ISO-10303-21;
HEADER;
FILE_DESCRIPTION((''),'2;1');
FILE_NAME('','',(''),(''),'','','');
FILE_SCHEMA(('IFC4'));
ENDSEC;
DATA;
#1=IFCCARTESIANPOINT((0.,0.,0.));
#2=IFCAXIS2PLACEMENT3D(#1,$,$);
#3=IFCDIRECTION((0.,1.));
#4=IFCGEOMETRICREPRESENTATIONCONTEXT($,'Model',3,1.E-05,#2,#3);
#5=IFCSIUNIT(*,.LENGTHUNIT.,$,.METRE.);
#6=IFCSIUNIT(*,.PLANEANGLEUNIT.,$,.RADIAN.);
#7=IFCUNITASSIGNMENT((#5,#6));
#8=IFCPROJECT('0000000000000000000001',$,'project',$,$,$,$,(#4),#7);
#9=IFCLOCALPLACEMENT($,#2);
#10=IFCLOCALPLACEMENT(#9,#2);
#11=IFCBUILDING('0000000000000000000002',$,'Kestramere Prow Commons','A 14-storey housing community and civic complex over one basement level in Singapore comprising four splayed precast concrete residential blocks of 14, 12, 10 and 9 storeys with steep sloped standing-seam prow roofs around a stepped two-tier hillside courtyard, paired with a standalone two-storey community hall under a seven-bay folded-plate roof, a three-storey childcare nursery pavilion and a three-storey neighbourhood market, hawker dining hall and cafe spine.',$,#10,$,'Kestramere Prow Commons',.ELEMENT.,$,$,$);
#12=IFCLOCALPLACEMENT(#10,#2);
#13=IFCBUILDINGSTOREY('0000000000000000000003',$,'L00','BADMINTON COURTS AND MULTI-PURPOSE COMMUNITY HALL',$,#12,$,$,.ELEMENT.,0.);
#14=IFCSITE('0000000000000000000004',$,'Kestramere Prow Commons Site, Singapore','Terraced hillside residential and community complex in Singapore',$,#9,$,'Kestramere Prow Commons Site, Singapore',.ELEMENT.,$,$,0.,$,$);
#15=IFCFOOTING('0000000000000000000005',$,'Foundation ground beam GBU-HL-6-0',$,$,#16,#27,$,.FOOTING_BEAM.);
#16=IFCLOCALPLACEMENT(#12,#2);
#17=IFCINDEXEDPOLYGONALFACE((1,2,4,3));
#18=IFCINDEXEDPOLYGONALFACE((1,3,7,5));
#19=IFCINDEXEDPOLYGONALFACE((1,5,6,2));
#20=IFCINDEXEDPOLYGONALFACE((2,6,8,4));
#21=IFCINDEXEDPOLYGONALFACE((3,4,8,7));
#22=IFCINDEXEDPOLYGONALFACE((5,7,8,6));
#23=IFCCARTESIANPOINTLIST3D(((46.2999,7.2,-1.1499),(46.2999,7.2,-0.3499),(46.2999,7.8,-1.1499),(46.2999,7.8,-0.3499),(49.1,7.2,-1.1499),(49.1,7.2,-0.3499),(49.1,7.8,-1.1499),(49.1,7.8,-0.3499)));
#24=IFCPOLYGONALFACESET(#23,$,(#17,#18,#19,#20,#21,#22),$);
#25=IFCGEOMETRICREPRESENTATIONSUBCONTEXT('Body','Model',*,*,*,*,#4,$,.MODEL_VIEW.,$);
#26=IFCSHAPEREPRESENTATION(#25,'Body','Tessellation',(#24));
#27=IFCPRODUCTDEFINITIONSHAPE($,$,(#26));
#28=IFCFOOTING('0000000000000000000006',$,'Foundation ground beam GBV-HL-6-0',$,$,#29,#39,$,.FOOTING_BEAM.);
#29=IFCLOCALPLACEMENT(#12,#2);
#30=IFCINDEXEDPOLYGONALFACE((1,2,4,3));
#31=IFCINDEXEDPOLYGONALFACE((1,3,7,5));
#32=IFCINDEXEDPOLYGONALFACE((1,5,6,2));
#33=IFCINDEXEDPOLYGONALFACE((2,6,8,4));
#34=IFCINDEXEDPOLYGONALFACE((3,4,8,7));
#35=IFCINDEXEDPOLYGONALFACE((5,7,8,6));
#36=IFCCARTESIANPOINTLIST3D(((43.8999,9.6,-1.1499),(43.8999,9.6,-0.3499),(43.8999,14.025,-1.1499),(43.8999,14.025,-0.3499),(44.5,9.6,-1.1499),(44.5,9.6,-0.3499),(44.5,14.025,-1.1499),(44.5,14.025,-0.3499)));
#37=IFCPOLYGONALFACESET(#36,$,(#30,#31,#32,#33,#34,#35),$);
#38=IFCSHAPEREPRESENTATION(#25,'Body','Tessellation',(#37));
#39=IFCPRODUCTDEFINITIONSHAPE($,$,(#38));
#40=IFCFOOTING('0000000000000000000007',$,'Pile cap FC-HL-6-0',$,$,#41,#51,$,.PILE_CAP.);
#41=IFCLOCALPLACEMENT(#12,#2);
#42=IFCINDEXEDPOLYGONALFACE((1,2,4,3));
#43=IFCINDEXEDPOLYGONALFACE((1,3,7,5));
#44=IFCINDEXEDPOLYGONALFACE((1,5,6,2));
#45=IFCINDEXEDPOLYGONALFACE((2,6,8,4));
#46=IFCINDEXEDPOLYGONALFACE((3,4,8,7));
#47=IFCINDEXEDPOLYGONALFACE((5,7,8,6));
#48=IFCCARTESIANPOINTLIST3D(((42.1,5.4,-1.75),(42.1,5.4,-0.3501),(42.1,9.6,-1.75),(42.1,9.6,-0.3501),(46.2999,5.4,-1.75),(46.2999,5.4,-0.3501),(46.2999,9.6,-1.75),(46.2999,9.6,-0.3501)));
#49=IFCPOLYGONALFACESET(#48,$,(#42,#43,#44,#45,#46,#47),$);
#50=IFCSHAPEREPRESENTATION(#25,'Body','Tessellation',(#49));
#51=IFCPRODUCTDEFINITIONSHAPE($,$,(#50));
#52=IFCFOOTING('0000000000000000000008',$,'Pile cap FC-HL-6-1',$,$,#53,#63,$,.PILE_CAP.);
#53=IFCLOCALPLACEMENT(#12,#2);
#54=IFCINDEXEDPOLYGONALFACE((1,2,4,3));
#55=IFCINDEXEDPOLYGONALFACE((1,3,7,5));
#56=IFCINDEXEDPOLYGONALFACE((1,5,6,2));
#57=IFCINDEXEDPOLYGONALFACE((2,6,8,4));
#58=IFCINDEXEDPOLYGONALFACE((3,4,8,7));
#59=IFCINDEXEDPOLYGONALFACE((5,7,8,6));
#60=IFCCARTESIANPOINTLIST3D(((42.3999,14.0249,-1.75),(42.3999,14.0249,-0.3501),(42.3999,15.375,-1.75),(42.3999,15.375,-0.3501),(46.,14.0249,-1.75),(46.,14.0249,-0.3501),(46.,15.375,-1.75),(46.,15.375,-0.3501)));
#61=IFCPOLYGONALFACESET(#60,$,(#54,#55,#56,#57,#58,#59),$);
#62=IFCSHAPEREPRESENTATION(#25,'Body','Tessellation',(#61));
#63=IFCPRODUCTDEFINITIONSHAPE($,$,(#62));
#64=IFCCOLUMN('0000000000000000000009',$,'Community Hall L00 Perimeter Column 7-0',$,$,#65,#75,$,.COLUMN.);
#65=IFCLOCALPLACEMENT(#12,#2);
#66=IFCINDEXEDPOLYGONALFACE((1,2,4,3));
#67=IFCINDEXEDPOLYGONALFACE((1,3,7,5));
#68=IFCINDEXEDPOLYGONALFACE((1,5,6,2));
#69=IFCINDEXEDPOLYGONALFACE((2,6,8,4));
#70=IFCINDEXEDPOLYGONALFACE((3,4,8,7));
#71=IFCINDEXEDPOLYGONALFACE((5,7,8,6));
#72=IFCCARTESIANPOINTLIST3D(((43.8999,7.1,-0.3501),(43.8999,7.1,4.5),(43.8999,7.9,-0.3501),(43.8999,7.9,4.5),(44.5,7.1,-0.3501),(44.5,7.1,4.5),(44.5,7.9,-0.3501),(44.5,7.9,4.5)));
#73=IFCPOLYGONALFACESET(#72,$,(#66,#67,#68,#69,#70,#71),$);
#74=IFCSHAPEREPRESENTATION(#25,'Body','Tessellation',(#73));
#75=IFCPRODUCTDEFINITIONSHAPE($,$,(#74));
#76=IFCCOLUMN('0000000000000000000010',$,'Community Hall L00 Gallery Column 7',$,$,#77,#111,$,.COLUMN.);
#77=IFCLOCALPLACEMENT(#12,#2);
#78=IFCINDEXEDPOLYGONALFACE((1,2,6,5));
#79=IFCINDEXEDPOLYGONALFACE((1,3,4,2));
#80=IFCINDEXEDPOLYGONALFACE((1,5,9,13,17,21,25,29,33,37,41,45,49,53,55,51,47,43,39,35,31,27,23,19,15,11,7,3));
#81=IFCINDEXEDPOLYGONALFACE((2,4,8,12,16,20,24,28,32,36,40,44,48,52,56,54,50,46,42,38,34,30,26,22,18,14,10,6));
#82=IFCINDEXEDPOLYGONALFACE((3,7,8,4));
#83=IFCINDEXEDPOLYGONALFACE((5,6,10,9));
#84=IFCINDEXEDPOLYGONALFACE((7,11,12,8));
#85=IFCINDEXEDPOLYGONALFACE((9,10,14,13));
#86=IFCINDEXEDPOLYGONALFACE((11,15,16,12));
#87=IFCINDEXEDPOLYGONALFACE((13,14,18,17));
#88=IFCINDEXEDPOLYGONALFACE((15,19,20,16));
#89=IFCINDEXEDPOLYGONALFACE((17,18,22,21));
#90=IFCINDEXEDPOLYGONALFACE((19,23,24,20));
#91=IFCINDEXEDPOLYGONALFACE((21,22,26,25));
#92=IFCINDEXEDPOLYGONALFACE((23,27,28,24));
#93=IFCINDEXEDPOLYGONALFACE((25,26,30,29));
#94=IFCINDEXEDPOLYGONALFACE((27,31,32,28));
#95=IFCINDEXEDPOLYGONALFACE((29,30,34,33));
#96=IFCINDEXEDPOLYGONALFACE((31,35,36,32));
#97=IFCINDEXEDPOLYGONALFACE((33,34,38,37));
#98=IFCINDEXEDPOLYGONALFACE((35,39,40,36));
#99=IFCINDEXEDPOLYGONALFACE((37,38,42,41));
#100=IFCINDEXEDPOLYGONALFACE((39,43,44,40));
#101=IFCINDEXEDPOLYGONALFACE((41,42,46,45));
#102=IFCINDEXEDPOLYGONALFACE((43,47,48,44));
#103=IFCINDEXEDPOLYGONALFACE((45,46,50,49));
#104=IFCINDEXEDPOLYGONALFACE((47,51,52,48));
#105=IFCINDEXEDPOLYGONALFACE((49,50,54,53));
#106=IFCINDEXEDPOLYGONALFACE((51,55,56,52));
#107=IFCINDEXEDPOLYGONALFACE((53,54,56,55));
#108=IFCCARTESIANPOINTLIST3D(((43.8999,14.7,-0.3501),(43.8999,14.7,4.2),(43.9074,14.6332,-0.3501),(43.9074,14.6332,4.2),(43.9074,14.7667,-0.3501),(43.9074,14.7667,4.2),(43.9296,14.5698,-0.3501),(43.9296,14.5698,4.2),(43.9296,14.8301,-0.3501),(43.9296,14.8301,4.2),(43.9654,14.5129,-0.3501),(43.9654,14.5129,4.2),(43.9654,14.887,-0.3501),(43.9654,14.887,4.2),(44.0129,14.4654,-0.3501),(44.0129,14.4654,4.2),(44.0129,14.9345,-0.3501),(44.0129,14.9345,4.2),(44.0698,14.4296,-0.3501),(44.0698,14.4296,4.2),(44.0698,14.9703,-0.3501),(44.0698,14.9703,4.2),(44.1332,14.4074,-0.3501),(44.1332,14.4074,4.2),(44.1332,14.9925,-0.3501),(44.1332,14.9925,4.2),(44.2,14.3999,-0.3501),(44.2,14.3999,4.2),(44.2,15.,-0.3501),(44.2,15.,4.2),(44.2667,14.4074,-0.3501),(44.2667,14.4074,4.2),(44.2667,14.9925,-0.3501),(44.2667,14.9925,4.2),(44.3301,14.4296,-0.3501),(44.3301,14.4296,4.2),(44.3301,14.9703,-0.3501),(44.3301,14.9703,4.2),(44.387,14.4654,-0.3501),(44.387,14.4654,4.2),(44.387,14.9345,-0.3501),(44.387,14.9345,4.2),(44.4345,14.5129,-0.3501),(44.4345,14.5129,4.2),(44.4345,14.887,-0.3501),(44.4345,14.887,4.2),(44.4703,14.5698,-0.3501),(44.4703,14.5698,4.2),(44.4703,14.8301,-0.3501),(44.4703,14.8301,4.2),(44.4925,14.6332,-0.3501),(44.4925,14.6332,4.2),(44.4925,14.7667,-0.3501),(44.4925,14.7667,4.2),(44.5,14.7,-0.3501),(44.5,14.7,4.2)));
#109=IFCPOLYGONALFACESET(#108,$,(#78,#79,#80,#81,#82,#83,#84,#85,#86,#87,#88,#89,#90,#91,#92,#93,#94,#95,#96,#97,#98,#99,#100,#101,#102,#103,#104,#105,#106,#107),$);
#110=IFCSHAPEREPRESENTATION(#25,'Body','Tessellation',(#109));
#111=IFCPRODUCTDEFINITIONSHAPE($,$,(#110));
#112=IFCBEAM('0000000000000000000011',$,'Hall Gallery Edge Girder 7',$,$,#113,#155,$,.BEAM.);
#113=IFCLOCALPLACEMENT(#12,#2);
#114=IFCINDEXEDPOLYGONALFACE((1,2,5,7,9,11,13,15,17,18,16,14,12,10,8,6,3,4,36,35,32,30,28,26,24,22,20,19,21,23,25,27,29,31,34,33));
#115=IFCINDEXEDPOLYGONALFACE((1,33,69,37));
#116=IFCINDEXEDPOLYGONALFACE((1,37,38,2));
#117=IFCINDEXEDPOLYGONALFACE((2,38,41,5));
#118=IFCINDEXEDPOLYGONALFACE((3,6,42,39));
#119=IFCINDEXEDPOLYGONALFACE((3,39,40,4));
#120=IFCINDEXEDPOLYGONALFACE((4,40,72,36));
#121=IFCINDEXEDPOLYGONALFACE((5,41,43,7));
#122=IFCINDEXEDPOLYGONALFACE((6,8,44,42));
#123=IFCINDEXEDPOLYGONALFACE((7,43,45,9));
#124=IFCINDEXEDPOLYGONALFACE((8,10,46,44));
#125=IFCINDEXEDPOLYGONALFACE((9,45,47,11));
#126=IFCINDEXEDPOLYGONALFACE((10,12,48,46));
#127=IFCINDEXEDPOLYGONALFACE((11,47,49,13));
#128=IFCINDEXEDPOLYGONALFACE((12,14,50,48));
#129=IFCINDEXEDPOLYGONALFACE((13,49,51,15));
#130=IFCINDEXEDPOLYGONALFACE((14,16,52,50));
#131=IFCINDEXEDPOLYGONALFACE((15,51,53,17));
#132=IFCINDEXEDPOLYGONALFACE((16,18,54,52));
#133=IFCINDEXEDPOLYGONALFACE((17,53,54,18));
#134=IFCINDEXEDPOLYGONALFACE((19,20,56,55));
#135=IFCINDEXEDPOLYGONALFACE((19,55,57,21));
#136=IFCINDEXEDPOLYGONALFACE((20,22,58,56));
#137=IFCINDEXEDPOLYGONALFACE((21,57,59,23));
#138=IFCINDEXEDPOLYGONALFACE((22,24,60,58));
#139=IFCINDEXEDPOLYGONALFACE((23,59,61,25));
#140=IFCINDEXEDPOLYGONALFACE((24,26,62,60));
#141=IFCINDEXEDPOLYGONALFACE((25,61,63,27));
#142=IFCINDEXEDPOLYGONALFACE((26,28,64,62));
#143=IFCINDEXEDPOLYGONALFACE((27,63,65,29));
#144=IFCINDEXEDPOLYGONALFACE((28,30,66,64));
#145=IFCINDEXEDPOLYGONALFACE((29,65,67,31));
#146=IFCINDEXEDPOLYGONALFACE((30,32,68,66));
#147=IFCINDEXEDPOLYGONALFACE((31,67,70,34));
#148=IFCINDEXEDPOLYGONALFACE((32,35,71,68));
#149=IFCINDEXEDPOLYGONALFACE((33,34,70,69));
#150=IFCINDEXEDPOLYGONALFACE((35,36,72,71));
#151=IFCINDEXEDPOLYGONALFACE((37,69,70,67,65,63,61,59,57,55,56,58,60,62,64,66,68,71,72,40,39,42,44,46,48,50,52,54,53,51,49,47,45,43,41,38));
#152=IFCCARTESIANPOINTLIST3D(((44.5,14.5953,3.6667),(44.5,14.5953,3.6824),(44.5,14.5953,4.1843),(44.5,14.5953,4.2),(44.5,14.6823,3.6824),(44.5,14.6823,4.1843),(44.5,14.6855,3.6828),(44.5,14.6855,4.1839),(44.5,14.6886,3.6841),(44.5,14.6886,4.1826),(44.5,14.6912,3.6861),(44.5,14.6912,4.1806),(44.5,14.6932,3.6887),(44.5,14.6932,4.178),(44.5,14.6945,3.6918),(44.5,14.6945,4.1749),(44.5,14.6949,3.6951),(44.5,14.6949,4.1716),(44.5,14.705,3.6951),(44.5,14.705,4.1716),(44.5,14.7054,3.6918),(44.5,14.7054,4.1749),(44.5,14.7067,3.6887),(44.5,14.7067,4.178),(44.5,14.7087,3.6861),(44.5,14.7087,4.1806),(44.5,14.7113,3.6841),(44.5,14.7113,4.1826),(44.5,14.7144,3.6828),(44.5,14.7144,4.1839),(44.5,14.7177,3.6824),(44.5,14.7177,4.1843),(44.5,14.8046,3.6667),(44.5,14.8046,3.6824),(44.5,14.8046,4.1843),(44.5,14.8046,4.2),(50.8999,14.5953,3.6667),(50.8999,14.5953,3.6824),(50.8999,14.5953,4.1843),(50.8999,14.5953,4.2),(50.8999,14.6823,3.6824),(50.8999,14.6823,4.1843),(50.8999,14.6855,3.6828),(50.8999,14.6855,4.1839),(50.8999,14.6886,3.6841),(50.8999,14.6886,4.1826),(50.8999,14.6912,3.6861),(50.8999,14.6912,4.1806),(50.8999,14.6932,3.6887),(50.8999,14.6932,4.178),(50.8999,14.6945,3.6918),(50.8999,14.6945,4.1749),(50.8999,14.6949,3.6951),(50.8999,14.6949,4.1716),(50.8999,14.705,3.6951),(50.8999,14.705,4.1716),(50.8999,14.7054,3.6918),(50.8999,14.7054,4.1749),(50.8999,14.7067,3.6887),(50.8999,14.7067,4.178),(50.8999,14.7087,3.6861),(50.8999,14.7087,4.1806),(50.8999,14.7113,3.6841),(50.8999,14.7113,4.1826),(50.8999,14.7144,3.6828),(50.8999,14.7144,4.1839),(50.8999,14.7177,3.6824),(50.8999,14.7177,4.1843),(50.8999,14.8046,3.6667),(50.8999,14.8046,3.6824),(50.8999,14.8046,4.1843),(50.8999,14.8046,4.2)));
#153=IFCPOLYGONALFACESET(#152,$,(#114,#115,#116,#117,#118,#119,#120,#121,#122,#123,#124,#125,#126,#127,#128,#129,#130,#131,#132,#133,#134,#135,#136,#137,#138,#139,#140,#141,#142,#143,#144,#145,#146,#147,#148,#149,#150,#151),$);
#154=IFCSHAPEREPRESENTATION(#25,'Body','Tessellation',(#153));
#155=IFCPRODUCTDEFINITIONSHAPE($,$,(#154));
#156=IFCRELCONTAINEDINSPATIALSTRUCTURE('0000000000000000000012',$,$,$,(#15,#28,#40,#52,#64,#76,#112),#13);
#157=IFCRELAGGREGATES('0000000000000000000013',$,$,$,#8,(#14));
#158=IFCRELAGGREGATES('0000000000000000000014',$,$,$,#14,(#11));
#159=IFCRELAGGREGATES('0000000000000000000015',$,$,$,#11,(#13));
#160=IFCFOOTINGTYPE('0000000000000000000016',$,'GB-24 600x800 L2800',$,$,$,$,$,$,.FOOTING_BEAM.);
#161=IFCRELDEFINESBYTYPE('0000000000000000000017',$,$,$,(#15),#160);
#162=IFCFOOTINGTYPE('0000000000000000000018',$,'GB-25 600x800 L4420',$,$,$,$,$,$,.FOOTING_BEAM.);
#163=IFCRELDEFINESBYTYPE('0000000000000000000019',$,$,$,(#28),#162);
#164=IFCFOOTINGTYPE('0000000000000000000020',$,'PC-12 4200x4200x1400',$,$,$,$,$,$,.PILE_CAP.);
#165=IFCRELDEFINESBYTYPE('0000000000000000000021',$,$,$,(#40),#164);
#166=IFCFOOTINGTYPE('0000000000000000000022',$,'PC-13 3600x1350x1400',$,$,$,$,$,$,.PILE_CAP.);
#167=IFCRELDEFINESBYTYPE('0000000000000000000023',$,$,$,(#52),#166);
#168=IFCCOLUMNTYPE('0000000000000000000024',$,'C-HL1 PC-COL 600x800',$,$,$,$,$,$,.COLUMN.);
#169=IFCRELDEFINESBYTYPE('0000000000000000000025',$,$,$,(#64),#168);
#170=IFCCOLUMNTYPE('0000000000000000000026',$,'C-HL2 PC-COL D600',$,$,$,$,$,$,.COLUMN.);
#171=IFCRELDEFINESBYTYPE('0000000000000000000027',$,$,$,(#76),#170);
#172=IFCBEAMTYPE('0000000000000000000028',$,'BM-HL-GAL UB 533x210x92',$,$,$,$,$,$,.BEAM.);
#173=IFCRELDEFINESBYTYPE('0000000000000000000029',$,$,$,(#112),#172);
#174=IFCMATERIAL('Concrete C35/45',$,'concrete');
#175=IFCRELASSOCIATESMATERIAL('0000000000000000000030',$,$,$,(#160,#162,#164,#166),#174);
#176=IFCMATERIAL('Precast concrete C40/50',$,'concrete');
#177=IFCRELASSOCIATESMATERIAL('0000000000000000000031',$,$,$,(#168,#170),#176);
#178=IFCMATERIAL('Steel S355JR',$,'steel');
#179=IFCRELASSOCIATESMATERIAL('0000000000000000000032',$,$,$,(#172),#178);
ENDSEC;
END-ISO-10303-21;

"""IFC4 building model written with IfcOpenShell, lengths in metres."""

from ifc_helpers import new_model, si_unit, direction, frame, origin, origin_2d, place, context, subcontext, project, spatial, rectangle, circle, i_section, extrude, material, material_profile, profile_set, type_object, element, save


model = new_model("IFC4")

# Units and contexts
model_context = context("Model", 3, precision=1e-05, world=origin(), true_north=direction((0.0, 1.0)))
body_context = subcontext(model_context, "Body", "Model", "MODEL_VIEW")
ifc_project = project(units=[si_unit("LENGTHUNIT", "METRE"), si_unit("PLANEANGLEUNIT", "RADIAN")], contexts=[model_context])

# Site, building, storey
site_placement = place(None, origin())
site = spatial("IfcSite", under=ifc_project, at=site_placement, Name="Kestramere Prow Commons Site, Singapore", Description="Terraced hillside residential and community complex in Singapore", LongName="Kestramere Prow Commons Site, Singapore", CompositionType="ELEMENT", RefElevation=0.0)
building_placement = place(site_placement, origin())
building = spatial("IfcBuilding", under=site, at=building_placement, Name="Kestramere Prow Commons", Description="A 14-storey housing community and civic complex over one basement level in Singapore comprising four splayed precast concrete residential blocks of 14, 12, 10 and 9 storeys with steep sloped standing-seam prow roofs around a stepped two-tier hillside courtyard, paired with a standalone two-storey community hall under a seven-bay folded-plate roof, a three-storey childcare nursery pavilion and a three-storey neighbourhood market, hawker dining hall and cafe spine.", LongName="Kestramere Prow Commons", CompositionType="ELEMENT")
storey_placement = place(building_placement, origin())
storey = spatial("IfcBuildingStorey", under=building, at=storey_placement, Name="L00", Description="BADMINTON COURTS AND MULTI-PURPOSE COMMUNITY HALL", CompositionType="ELEMENT", Elevation=0.0)

# Shared definitions
ifc_material_1 = material(Name="Concrete C35/45", Category="concrete")

# Footings
footing_type_1 = type_object("IfcFootingType", Name="GB-24 600x800 L2800", PredefinedType="FOOTING_BEAM", material=ifc_material_1)
footing_1_placement = place(storey_placement, frame((47.7, 7.5, -1.1499), z_axis=(0.0, 0.0, 1.0), x_axis=(1.0, 0.0, 0.0)))
element("IfcFooting", 1, at=footing_1_placement, inside=storey, type_object=footing_type_1, Name="Foundation ground beam GBU-HL-6-0", PredefinedType="FOOTING_BEAM", context=body_context, shape_type="SweptSolid", body=[
    extrude(rectangle(XDim=2.8, YDim=0.6001, at=origin_2d()), origin(), (0.0, 0.0, 1.0), 0.8),
])
footing_type_2 = type_object("IfcFootingType", Name="GB-25 600x800 L4420", PredefinedType="FOOTING_BEAM", material=ifc_material_1)
footing_2_placement = place(storey_placement, frame((44.2, 11.8125, -1.1499), z_axis=(0.0, 0.0, 1.0), x_axis=(0.0, 1.0, 0.0)))
element("IfcFooting", 2, at=footing_2_placement, inside=storey, type_object=footing_type_2, Name="Foundation ground beam GBV-HL-6-0", PredefinedType="FOOTING_BEAM", context=body_context, shape_type="SweptSolid", body=[
    extrude(rectangle(XDim=4.425, YDim=0.6001, at=origin_2d()), origin(), (0.0, 0.0, 1.0), 0.8),
])
footing_type_3 = type_object("IfcFootingType", Name="PC-12 4200x4200x1400", PredefinedType="PILE_CAP", material=ifc_material_1)
footing_3_placement = place(storey_placement, frame((44.2, 7.5, -1.75), z_axis=(0.0, 0.0, 1.0), x_axis=(1.0, 0.0, 0.0)))
element("IfcFooting", 3, at=footing_3_placement, inside=storey, type_object=footing_type_3, Name="Pile cap FC-HL-6-0", PredefinedType="PILE_CAP", context=body_context, shape_type="SweptSolid", body=[
    extrude(rectangle(XDim=4.2, YDim=4.2, at=origin_2d()), origin(), (0.0, 0.0, 1.0), 1.3999),
])
footing_type_4 = type_object("IfcFootingType", Name="PC-13 3600x1350x1400", PredefinedType="PILE_CAP", material=ifc_material_1)
footing_4_placement = place(storey_placement, frame((44.2, 14.7, -1.75), z_axis=(0.0, 0.0, 1.0), x_axis=(1.0, 0.0, 0.0)))
element("IfcFooting", 4, at=footing_4_placement, inside=storey, type_object=footing_type_4, Name="Pile cap FC-HL-6-1", PredefinedType="PILE_CAP", context=body_context, shape_type="SweptSolid", body=[
    extrude(rectangle(XDim=3.6001, YDim=1.3501, at=origin_2d()), origin(), (0.0, 0.0, 1.0), 1.3999),
])

# Columns
ifc_material_2 = material(Name="Precast concrete C40/50", Category="concrete")
ifc_material_profile_1 = material_profile(ifc_material_2, rectangle(XDim=0.6001, YDim=0.8, at=origin_2d()), Name="PC-COL 600x800")
ifc_profile_set_1 = profile_set([ifc_material_profile_1], Name="Precast concrete C40/50")
column_type_1 = type_object("IfcColumnType", Name="C-HL1 PC-COL 600x800", PredefinedType="COLUMN", material=ifc_profile_set_1)
column_1_placement = place(storey_placement, frame((44.2, 7.5, -0.3501), z_axis=(0.0, 0.0, 1.0), x_axis=(1.0, 0.0, 0.0)))
element("IfcColumn", 5, at=column_1_placement, inside=storey, type_object=column_type_1, Name="Community Hall L00 Perimeter Column 7-0", PredefinedType="COLUMN", context=body_context, shape_type="SweptSolid", body=[
    extrude(rectangle(XDim=0.6001, YDim=0.8, at=origin_2d()), origin(), (0.0, 0.0, 1.0), 4.8501),
])
ifc_material_profile_2 = material_profile(ifc_material_2, circle(Radius=0.3, at=origin_2d()), Name="PC-COL D600")
ifc_profile_set_2 = profile_set([ifc_material_profile_2], Name="Precast concrete C40/50")
column_type_2 = type_object("IfcColumnType", Name="C-HL2 PC-COL D600", PredefinedType="COLUMN", material=ifc_profile_set_2)
column_2_placement = place(storey_placement, frame((44.2, 14.7, -0.3501), z_axis=(0.0, 0.0, 1.0), x_axis=(1.0, 0.0, 0.0)))
element("IfcColumn", 6, at=column_2_placement, inside=storey, type_object=column_type_2, Name="Community Hall L00 Gallery Column 7", PredefinedType="COLUMN", context=body_context, shape_type="SweptSolid", body=[
    extrude(circle(Radius=0.3, at=origin_2d()), origin(), (0.0, 0.0, 1.0), 4.55),
])

# Beam
ifc_material_3 = material(Name="Steel S355JR", Category="steel")
ifc_material_profile_3 = material_profile(ifc_material_3, i_section(OverallWidth=0.2092, OverallDepth=0.5332, WebThickness=0.01, FlangeThickness=0.0156, FilletRadius=0.0127, at=origin_2d()), Name="UB 533x210x92")
ifc_profile_set_3 = profile_set([ifc_material_profile_3], Name="Steel S355JR")
beam_type_1 = type_object("IfcBeamType", Name="BM-HL-GAL UB 533x210x92", PredefinedType="BEAM", material=ifc_profile_set_3)
beam_1_placement = place(storey_placement, frame((44.5, 14.7, 3.9333), z_axis=(1.0, 0.0, 0.0), x_axis=(0.0, 1.0, 0.0)))
element("IfcBeam", 7, at=beam_1_placement, inside=storey, type_object=beam_type_1, Name="Hall Gallery Edge Girder 7", PredefinedType="BEAM", context=body_context, shape_type="SweptSolid", body=[
    extrude(i_section(OverallWidth=0.2092, OverallDepth=0.5332, WebThickness=0.01, FlangeThickness=0.0156, FilletRadius=0.0127, at=origin_2d()), origin(), (0.0, 0.0, 1.0), 6.3999),
])

save(model, "model.ifc")
